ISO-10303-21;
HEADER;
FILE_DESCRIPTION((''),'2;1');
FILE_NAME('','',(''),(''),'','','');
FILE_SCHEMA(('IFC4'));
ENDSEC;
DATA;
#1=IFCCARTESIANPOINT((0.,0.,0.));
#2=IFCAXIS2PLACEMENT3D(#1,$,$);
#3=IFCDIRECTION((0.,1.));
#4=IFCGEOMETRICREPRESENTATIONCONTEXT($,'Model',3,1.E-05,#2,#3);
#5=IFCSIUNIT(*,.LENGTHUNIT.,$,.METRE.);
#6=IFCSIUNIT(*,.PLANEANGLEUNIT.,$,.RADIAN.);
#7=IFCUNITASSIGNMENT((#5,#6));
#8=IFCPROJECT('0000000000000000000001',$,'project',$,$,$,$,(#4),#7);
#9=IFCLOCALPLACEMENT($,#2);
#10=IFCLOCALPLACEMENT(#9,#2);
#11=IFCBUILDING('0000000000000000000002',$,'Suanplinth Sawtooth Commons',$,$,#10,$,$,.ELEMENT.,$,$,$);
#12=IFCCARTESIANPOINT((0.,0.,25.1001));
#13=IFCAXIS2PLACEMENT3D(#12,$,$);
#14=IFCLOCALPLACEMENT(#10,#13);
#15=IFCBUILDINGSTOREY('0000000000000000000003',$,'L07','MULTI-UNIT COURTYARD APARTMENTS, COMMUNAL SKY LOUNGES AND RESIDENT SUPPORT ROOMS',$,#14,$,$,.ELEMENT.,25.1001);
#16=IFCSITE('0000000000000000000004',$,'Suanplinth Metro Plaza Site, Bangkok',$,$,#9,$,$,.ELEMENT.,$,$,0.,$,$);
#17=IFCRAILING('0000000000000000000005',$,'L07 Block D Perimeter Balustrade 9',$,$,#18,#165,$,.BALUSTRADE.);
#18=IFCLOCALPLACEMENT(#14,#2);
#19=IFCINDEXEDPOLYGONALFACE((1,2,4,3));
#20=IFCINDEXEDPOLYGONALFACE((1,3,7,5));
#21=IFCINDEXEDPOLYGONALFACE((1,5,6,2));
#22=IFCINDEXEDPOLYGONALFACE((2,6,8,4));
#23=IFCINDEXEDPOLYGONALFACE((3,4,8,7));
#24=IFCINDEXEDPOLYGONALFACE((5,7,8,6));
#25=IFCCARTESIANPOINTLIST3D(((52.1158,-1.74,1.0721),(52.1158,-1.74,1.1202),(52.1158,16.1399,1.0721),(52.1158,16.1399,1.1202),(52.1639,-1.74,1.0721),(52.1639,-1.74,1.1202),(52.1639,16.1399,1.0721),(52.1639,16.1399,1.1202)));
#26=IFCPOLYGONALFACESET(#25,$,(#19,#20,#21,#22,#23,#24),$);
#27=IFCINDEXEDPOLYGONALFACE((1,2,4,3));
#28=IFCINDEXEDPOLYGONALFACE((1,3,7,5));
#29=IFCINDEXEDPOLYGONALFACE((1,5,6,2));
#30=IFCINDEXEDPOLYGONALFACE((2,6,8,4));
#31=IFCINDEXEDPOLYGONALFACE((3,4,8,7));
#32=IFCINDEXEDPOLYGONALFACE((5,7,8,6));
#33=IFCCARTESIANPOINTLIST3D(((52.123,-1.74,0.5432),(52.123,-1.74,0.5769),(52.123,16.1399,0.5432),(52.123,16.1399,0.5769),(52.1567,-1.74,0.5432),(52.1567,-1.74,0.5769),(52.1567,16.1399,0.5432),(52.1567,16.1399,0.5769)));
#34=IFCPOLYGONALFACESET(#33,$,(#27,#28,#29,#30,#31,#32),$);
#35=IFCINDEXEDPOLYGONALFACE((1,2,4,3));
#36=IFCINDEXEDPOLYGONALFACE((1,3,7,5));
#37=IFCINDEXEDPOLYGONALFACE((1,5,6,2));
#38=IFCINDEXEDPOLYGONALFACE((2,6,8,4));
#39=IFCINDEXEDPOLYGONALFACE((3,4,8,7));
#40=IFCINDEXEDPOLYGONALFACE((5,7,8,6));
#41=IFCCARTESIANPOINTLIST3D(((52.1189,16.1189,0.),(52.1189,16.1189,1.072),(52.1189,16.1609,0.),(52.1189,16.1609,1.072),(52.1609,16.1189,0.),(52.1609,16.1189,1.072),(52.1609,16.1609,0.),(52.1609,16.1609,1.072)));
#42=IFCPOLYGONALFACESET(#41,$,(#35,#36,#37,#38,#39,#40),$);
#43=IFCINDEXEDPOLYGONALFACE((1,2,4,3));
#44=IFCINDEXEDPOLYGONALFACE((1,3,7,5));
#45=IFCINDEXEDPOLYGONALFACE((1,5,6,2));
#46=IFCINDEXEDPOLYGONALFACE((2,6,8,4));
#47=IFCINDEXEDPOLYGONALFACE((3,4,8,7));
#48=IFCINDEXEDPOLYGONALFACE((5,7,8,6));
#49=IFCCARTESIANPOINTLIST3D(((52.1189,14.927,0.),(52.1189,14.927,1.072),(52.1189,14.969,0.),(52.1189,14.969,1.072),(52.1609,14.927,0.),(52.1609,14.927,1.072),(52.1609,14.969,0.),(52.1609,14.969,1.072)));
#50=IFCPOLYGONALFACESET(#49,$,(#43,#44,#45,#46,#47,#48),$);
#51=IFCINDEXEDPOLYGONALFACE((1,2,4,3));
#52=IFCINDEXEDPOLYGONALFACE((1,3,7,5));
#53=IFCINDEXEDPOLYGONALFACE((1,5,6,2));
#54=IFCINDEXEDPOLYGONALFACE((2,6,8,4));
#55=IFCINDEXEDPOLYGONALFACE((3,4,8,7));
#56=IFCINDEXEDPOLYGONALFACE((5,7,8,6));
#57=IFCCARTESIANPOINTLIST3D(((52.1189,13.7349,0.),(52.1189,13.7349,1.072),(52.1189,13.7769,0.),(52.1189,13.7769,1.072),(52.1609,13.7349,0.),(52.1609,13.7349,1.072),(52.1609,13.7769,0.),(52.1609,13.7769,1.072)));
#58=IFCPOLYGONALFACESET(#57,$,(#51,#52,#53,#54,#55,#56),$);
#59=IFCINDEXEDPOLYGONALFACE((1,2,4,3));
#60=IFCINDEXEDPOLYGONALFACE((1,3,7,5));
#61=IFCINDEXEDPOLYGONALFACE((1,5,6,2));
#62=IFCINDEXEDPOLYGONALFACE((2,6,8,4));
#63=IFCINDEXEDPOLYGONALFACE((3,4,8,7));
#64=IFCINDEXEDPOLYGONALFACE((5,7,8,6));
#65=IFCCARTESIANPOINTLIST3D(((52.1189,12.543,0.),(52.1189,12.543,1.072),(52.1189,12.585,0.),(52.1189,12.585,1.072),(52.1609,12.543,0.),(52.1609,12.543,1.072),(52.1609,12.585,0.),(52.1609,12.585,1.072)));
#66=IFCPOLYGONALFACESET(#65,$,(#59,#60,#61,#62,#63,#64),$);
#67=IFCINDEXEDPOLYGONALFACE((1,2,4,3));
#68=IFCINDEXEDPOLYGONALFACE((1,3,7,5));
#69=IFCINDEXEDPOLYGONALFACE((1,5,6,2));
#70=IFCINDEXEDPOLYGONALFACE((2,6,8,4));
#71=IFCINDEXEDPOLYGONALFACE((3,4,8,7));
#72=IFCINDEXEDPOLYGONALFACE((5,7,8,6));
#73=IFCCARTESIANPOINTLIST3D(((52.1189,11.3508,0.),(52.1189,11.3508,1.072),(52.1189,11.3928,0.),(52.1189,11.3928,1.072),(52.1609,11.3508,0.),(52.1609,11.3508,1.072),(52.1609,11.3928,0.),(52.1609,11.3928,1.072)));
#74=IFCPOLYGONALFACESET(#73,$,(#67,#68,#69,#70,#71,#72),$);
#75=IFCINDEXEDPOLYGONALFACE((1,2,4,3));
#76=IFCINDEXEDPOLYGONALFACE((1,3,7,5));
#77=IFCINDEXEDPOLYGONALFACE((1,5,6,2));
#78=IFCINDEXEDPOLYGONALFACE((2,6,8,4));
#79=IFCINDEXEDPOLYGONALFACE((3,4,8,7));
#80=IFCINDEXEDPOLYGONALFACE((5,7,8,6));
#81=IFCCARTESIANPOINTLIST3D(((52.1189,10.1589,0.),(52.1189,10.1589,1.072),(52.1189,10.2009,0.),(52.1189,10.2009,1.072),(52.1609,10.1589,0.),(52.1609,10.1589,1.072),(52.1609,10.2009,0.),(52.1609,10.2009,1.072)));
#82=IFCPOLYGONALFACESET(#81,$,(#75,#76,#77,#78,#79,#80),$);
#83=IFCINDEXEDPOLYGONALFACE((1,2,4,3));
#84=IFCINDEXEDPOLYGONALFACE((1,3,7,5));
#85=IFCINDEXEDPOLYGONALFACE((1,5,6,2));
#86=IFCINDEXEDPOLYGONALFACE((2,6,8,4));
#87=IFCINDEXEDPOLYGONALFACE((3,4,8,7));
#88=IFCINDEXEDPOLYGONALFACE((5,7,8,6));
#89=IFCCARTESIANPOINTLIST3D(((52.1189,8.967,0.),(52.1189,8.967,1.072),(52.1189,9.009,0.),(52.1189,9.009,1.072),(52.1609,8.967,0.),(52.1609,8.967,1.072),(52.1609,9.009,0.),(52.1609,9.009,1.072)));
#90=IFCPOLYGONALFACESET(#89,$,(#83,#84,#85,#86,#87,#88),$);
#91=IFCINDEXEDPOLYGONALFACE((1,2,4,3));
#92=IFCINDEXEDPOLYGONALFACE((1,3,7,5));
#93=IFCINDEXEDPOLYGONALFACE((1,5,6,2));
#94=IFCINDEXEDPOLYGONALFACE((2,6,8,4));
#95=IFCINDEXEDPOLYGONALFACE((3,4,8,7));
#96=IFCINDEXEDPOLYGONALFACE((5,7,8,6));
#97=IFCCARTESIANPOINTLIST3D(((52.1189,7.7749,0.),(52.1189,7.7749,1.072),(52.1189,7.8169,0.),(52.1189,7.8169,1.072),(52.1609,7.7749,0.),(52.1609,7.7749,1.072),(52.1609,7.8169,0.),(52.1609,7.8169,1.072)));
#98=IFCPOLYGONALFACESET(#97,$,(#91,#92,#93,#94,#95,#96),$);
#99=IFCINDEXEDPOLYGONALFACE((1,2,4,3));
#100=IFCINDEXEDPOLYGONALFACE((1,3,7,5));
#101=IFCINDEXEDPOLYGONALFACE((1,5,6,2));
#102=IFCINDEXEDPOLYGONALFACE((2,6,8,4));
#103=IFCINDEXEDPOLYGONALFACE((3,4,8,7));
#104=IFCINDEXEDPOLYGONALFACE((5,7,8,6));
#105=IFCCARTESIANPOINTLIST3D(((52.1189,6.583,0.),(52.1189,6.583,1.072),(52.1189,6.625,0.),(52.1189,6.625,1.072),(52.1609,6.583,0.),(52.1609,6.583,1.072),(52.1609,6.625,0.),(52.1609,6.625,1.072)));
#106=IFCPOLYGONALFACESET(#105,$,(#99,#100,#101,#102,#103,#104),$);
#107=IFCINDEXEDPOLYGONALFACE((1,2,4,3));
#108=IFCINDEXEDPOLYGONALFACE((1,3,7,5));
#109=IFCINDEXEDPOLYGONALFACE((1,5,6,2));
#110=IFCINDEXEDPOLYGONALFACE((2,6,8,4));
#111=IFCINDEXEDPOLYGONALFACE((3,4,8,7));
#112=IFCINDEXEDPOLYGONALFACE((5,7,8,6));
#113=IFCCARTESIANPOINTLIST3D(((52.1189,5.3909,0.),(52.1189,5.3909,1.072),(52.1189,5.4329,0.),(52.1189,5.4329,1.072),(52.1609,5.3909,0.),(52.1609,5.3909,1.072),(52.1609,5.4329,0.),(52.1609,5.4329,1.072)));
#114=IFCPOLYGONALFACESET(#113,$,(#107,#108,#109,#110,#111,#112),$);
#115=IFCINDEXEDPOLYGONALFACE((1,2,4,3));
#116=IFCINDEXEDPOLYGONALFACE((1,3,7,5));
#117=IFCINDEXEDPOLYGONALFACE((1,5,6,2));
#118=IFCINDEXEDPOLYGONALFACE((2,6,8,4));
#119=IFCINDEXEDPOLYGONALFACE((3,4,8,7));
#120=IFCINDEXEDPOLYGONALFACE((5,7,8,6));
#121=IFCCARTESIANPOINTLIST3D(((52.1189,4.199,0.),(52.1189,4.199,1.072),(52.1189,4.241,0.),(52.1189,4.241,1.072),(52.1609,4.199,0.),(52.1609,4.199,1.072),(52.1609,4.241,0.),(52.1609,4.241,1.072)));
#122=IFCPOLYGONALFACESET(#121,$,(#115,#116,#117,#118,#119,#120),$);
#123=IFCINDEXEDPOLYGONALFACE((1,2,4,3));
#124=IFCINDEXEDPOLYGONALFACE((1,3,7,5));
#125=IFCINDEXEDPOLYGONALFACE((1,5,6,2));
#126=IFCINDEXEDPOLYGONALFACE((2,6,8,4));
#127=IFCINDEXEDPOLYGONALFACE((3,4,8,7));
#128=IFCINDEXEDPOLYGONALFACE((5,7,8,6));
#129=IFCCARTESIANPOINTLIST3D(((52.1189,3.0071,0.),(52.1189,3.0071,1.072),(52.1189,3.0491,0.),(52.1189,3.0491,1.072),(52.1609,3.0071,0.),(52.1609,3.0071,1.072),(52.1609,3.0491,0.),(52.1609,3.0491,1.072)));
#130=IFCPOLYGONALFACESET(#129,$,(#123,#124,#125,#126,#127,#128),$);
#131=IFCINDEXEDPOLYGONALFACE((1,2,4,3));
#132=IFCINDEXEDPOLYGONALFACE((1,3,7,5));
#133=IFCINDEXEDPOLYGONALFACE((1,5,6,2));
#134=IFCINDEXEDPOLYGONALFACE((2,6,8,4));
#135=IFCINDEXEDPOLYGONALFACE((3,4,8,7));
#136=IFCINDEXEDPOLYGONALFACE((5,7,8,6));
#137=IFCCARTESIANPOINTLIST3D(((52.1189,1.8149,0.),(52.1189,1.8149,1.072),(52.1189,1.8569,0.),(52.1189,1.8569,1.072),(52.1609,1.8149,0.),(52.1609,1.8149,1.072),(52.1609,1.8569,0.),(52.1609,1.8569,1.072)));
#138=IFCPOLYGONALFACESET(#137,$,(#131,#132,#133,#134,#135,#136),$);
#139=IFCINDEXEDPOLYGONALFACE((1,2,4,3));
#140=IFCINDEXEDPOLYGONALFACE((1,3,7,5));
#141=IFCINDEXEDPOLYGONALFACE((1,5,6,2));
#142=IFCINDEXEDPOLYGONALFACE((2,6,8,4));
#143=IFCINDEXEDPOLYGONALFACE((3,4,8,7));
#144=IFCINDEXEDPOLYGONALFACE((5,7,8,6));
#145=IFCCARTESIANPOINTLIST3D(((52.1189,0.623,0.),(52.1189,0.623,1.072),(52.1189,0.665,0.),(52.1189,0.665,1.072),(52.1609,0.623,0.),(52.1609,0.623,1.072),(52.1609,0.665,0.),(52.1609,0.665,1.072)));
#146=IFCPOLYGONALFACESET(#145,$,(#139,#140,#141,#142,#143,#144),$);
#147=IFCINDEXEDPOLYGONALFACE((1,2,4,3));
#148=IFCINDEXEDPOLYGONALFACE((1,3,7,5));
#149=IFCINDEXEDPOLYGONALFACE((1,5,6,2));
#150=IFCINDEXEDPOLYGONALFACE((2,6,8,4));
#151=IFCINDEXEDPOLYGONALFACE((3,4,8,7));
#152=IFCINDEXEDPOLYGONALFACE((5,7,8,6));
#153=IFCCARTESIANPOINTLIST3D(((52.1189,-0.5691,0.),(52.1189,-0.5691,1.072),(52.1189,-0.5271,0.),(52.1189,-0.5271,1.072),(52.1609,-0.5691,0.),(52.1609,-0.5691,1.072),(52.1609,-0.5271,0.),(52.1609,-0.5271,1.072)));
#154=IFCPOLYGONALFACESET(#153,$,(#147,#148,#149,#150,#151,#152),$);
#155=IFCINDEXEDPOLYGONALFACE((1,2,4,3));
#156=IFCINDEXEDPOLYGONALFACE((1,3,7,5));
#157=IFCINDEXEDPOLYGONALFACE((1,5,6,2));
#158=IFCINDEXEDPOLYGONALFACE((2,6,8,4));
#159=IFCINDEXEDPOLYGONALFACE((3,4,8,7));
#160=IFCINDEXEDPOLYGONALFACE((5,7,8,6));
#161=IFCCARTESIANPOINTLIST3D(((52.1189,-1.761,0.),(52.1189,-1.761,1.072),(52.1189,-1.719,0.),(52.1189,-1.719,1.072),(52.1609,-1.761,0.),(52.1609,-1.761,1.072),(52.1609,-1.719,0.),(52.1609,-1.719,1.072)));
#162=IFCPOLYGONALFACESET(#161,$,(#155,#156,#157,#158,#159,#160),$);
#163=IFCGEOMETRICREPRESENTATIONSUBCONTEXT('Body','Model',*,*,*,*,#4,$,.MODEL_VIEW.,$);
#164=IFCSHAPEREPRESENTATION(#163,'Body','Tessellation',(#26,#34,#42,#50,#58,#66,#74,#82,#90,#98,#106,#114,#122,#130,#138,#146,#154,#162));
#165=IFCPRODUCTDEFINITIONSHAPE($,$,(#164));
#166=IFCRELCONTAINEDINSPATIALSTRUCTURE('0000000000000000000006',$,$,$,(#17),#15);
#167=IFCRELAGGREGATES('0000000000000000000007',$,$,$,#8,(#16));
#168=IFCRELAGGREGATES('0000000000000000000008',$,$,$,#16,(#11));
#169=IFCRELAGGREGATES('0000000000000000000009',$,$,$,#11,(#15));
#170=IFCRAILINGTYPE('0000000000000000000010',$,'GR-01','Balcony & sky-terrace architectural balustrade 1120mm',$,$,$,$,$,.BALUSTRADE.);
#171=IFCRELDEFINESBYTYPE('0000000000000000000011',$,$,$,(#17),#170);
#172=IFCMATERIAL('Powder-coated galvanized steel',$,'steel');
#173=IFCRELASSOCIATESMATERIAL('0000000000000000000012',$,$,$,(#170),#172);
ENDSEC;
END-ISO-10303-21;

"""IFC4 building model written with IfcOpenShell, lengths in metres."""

from ifc_helpers import new_model, si_unit, direction, frame, origin, origin_2d, place, context, subcontext, project, spatial, rectangle, extrude, material, type_object, element, save


model = new_model("IFC4")

# Units and contexts
model_context = context("Model", 3, precision=1e-05, world=origin(), true_north=direction((0.0, 1.0)))
body_context = subcontext(model_context, "Body", "Model", "MODEL_VIEW")
ifc_project = project(units=[si_unit("LENGTHUNIT", "METRE"), si_unit("PLANEANGLEUNIT", "RADIAN")], contexts=[model_context])

# Site, building, storey
site_placement = place(None, origin())
site = spatial("IfcSite", under=ifc_project, at=site_placement, Name="Suanplinth Metro Plaza Site, Bangkok", CompositionType="ELEMENT", RefElevation=0.0)
building_placement = place(site_placement, origin())
building = spatial("IfcBuilding", under=site, at=building_placement, Name="Suanplinth Sawtooth Commons", CompositionType="ELEMENT")
storey_placement = place(building_placement, frame((0.0, 0.0, 25.1001)))
storey = spatial("IfcBuildingStorey", under=building, at=storey_placement, Name="L07", Description="MULTI-UNIT COURTYARD APARTMENTS, COMMUNAL SKY LOUNGES AND RESIDENT SUPPORT ROOMS", CompositionType="ELEMENT", Elevation=25.1001)

# Railing
ifc_material_1 = material(Name="Powder-coated galvanized steel", Category="steel")
railing_type = type_object("IfcRailingType", Name="GR-01", Description="Balcony & sky-terrace architectural balustrade 1120mm", PredefinedType="BALUSTRADE", material=ifc_material_1)
railing_placement = place(storey_placement, frame((52.1399, 16.1399, 0.0)))
element("IfcRailing", 1, at=railing_placement, inside=storey, type_object=railing_type, Name="L07 Block D Perimeter Balustrade 9", PredefinedType="BALUSTRADE", context=body_context, shape_type="SweptSolid", body=[
    extrude(rectangle(XDim=0.0481, YDim=0.0481, at=origin_2d()), frame((0.0, 0.0, 1.0962), z_axis=(0.0, -1.0, 0.0), x_axis=(1.0, 0.0, 0.0)), (0.0, 0.0, 1.0), 17.8799),
    extrude(rectangle(XDim=0.0337, YDim=0.0337, at=origin_2d()), frame((0.0, 0.0, 0.5601), z_axis=(0.0, -1.0, 0.0), x_axis=(1.0, 0.0, 0.0)), (0.0, 0.0, 1.0), 17.8799),
    extrude(rectangle(XDim=0.042, YDim=0.042, at=origin_2d()), origin(), (0.0, 0.0, 1.0), 1.072),
    extrude(rectangle(XDim=0.042, YDim=0.042, at=origin_2d()), frame((0.0, -1.1919, 0.0)), (0.0, 0.0, 1.0), 1.072),
    extrude(rectangle(XDim=0.042, YDim=0.042, at=origin_2d()), frame((0.0, -2.384, 0.0)), (0.0, 0.0, 1.0), 1.072),
    extrude(rectangle(XDim=0.042, YDim=0.042, at=origin_2d()), frame((0.0, -3.5759, 0.0)), (0.0, 0.0, 1.0), 1.072),
    extrude(rectangle(XDim=0.042, YDim=0.042, at=origin_2d()), frame((0.0, -4.7681, 0.0)), (0.0, 0.0, 1.0), 1.072),
    extrude(rectangle(XDim=0.042, YDim=0.042, at=origin_2d()), frame((0.0, -5.96, 0.0)), (0.0, 0.0, 1.0), 1.072),
    extrude(rectangle(XDim=0.042, YDim=0.042, at=origin_2d()), frame((0.0, -7.1519, 0.0)), (0.0, 0.0, 1.0), 1.072),
    extrude(rectangle(XDim=0.042, YDim=0.042, at=origin_2d()), frame((0.0, -8.344, 0.0)), (0.0, 0.0, 1.0), 1.072),
    extrude(rectangle(XDim=0.042, YDim=0.042, at=origin_2d()), frame((0.0, -9.5359, 0.0)), (0.0, 0.0, 1.0), 1.072),
    extrude(rectangle(XDim=0.042, YDim=0.042, at=origin_2d()), frame((0.0, -10.728, 0.0)), (0.0, 0.0, 1.0), 1.072),
    extrude(rectangle(XDim=0.042, YDim=0.042, at=origin_2d()), frame((0.0, -11.9199, 0.0)), (0.0, 0.0, 1.0), 1.072),
    extrude(rectangle(XDim=0.042, YDim=0.042, at=origin_2d()), frame((0.0, -13.1118, 0.0)), (0.0, 0.0, 1.0), 1.072),
    extrude(rectangle(XDim=0.042, YDim=0.042, at=origin_2d()), frame((0.0, -14.304, 0.0)), (0.0, 0.0, 1.0), 1.072),
    extrude(rectangle(XDim=0.042, YDim=0.042, at=origin_2d()), frame((0.0, -15.4958, 0.0)), (0.0, 0.0, 1.0), 1.072),
    extrude(rectangle(XDim=0.042, YDim=0.042, at=origin_2d()), frame((0.0, -16.688, 0.0)), (0.0, 0.0, 1.0), 1.072),
    extrude(rectangle(XDim=0.042, YDim=0.042, at=origin_2d()), frame((0.0, -17.8799, 0.0)), (0.0, 0.0, 1.0), 1.072),
])

save(model, "model.ifc")
